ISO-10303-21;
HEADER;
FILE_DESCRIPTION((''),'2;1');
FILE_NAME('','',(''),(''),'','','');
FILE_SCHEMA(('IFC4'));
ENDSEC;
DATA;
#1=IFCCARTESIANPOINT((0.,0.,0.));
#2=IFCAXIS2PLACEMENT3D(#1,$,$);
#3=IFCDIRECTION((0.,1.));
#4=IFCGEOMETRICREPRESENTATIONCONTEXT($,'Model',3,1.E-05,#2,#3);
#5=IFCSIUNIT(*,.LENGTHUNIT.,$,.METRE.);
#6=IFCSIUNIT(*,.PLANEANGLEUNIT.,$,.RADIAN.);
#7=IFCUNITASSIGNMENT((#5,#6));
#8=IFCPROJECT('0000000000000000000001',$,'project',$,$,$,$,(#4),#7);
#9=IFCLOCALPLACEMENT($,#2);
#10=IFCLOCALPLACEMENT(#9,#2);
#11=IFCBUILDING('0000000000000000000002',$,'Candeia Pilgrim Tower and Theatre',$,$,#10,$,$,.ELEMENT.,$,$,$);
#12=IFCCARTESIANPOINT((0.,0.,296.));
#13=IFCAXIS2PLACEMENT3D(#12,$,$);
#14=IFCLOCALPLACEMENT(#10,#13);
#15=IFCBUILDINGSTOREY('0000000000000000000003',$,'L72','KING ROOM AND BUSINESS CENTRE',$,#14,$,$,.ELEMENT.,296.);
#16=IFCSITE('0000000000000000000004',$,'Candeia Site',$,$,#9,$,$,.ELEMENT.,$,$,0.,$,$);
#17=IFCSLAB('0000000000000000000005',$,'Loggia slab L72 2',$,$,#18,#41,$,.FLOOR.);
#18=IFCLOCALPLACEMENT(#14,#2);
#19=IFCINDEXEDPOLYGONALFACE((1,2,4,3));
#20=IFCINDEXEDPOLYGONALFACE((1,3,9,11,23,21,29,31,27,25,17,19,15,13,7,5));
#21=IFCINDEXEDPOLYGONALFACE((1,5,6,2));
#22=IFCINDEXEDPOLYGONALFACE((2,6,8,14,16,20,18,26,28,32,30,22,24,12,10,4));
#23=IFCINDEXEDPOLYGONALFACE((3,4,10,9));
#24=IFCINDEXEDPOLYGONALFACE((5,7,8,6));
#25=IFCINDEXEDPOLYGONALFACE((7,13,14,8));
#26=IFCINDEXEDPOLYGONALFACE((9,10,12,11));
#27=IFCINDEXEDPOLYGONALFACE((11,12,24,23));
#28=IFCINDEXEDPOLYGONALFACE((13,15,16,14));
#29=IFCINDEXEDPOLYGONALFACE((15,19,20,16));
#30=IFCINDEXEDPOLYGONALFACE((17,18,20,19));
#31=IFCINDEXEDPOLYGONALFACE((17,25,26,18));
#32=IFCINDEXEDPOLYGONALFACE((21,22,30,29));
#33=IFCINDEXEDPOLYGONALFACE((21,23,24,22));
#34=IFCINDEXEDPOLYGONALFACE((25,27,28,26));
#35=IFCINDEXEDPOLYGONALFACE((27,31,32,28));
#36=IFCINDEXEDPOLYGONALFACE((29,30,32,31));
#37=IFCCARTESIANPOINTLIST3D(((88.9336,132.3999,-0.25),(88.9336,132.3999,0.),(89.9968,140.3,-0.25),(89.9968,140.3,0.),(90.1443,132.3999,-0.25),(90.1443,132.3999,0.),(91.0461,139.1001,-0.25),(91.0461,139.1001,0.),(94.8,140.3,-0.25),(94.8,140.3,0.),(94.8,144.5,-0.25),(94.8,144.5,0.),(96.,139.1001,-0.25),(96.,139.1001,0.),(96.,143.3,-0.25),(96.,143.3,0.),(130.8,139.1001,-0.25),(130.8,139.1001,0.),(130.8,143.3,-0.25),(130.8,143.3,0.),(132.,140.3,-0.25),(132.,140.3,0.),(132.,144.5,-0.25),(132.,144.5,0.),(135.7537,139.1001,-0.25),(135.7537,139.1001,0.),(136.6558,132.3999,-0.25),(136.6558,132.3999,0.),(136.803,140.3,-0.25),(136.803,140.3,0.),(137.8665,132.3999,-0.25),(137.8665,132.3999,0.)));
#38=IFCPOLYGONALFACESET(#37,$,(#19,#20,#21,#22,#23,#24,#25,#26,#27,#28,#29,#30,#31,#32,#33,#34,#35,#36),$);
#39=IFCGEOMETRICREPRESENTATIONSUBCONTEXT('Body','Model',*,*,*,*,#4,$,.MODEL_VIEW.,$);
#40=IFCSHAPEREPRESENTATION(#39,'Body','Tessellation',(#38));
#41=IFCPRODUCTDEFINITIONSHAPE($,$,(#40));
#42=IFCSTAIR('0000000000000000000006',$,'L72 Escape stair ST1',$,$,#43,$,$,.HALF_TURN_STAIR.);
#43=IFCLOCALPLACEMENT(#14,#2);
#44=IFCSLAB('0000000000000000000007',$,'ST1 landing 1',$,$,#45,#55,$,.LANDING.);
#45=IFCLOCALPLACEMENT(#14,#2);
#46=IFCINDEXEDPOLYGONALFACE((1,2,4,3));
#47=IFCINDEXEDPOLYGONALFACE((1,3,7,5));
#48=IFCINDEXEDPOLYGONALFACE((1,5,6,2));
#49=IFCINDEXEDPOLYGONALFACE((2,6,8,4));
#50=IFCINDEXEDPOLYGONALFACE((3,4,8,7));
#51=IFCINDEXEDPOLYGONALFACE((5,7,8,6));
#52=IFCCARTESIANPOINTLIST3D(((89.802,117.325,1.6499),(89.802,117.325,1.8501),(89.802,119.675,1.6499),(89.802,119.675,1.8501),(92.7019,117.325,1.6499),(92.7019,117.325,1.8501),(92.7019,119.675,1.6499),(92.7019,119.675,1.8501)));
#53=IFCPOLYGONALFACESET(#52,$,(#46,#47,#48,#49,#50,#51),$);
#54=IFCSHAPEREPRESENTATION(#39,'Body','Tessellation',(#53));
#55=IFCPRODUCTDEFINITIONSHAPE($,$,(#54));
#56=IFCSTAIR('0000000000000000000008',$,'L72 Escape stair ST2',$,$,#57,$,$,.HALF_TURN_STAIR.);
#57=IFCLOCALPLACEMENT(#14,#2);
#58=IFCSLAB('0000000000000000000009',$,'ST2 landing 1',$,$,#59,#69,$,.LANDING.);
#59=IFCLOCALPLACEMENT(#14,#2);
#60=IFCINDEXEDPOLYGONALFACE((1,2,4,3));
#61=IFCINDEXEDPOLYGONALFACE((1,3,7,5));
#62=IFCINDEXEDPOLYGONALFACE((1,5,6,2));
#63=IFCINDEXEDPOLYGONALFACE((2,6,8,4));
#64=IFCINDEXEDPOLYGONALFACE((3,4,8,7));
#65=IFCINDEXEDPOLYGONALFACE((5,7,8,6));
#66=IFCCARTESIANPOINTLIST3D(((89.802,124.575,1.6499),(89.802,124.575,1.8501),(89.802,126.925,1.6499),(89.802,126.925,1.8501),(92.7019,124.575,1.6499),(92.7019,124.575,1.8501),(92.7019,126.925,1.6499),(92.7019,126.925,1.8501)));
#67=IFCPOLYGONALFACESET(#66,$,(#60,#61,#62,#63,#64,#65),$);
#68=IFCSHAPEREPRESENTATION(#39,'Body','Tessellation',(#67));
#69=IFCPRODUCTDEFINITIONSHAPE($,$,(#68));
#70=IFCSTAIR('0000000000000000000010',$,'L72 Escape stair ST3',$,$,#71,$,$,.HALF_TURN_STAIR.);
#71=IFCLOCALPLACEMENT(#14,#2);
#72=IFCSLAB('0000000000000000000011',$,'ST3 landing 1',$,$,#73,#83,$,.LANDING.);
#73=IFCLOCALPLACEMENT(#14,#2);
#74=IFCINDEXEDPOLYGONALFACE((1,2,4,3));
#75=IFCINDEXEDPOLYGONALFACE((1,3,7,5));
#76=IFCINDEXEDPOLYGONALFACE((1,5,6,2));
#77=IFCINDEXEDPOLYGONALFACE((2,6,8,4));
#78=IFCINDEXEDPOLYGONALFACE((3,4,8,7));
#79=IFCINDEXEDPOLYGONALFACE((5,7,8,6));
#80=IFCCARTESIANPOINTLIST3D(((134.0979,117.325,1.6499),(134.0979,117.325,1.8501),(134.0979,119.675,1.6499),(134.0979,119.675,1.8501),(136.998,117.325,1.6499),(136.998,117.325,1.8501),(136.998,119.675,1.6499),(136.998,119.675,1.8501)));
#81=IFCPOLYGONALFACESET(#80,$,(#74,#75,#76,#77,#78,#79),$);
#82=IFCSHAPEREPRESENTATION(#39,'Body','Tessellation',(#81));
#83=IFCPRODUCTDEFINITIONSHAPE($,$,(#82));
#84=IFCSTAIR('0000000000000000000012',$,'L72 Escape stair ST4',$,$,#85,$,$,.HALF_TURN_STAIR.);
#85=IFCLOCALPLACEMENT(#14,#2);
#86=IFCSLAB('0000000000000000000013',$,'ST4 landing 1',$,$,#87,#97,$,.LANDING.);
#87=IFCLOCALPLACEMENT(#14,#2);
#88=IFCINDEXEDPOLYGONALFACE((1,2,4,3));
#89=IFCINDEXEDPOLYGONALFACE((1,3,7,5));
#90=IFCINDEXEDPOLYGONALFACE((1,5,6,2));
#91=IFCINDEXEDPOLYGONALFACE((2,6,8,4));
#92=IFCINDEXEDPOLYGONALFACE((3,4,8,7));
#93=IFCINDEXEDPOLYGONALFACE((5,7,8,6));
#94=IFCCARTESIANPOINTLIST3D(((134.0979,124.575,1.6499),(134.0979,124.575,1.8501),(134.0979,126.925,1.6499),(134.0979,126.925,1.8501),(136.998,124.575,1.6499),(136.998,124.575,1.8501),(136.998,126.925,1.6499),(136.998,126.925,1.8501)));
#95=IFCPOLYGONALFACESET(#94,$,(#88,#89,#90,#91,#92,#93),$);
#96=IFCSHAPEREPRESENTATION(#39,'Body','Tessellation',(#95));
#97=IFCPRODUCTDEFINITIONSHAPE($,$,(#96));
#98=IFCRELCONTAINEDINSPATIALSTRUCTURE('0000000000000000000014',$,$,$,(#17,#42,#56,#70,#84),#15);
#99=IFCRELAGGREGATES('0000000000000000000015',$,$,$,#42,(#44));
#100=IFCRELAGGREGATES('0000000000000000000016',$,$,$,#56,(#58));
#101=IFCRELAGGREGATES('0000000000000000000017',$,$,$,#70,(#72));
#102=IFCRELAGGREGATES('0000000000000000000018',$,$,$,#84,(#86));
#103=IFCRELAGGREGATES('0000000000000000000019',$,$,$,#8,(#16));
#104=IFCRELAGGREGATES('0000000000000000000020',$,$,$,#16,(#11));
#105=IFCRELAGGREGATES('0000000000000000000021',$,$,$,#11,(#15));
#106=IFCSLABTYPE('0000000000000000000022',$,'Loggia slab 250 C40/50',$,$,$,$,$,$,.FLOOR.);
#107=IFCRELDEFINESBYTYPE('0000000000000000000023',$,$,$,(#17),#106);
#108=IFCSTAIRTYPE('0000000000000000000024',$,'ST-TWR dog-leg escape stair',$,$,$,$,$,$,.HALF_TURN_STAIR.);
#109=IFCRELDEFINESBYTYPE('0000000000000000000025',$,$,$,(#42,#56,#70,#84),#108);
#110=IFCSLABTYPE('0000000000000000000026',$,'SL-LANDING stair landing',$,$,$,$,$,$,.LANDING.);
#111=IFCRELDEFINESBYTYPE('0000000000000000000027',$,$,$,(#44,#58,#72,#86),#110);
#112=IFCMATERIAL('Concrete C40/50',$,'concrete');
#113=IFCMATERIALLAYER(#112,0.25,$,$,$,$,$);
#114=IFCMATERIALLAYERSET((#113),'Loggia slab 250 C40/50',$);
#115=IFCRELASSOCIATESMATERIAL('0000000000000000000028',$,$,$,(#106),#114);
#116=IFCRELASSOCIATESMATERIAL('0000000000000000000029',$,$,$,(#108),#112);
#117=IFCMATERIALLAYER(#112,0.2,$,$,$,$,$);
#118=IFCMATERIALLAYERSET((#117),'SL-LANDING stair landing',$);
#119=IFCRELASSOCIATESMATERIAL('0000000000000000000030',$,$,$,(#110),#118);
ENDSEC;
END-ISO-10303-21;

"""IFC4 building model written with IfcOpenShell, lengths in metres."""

from ifc_helpers import new_model, si_unit, direction, frame, origin, place, context, subcontext, project, spatial, polyline, outline, extrude, material, layer, layer_set, type_object, element, aggregate, save


model = new_model("IFC4")

# Units and contexts
model_context = context("Model", 3, precision=1e-05, world=origin(), true_north=direction((0.0, 1.0)))
body_context = subcontext(model_context, "Body", "Model", "MODEL_VIEW")
ifc_project = project(units=[si_unit("LENGTHUNIT", "METRE"), si_unit("PLANEANGLEUNIT", "RADIAN")], contexts=[model_context])

# Site, building, storey
site_placement = place(None, origin())
site = spatial("IfcSite", under=ifc_project, at=site_placement, Name="Candeia Site", CompositionType="ELEMENT", RefElevation=0.0)
building_placement = place(site_placement, origin())
building = spatial("IfcBuilding", under=site, at=building_placement, Name="Candeia Pilgrim Tower and Theatre", CompositionType="ELEMENT")
storey_placement = place(building_placement, frame((0.0, 0.0, 296.0)))
storey = spatial("IfcBuildingStorey", under=building, at=storey_placement, Name="L72", Description="KING ROOM AND BUSINESS CENTRE", CompositionType="ELEMENT", Elevation=296.0)

# Shared definitions
ifc_material_1 = material(Name="Concrete C40/50", Category="concrete")

# Slab
ifc_layer_1 = layer(ifc_material_1, 0.25)
ifc_layer_set_1 = layer_set([ifc_layer_1], Name="Loggia slab 250 C40/50")
slab_type_1 = type_object("IfcSlabType", Name="Loggia slab 250 C40/50", PredefinedType="FLOOR", material=ifc_layer_set_1)
slab_1_placement = place(storey_placement, frame((0.0, 0.0, -0.25)))
element("IfcSlab", 1, at=slab_1_placement, inside=storey, type_object=slab_type_1, Name="Loggia slab L72 2", PredefinedType="FLOOR", context=body_context, shape_type="SweptSolid", body=[
    extrude(outline(polyline([(136.6558, 132.3999), (135.7537, 139.1001), (130.8, 139.1001), (130.8, 143.3), (96.0, 143.3), (96.0, 139.1001), (91.0461, 139.1001), (90.1443, 132.3999), (88.9336, 132.3999), (89.9968, 140.3), (94.8, 140.3), (94.8, 144.5), (132.0, 144.5), (132.0, 140.3), (136.803, 140.3), (137.8665, 132.3999), (136.6558, 132.3999)])), origin(), (0.0, 0.0, 1.0), 0.25),
])

# Stairs, slabs
stair_type = type_object("IfcStairType", Name="ST-TWR dog-leg escape stair", PredefinedType="HALF_TURN_STAIR", material=ifc_material_1)
stair_1_placement = place(storey_placement, origin())
stair_1 = element("IfcStair", 2, at=stair_1_placement, inside=storey, type_object=stair_type, Name="L72 Escape stair ST1", PredefinedType="HALF_TURN_STAIR")
ifc_layer_2 = layer(ifc_material_1, 0.2)
ifc_layer_set_2 = layer_set([ifc_layer_2], Name="SL-LANDING stair landing")
slab_type_2 = type_object("IfcSlabType", Name="SL-LANDING stair landing", PredefinedType="LANDING", material=ifc_layer_set_2)
slab_2_placement = place(storey_placement, frame((0.0, 0.0, 1.6499)))
slab_2 = element("IfcSlab", 3, at=slab_2_placement, type_object=slab_type_2, Name="ST1 landing 1", PredefinedType="LANDING", context=body_context, shape_type="SweptSolid", body=[
    extrude(outline(polyline([(89.802, 119.675), (89.802, 117.325), (92.7019, 117.325), (92.7019, 119.675), (89.802, 119.675)])), origin(), (0.0, 0.0, 1.0), 0.2002),
])
aggregate(stair_1, [slab_2])
stair_2_placement = place(storey_placement, origin())
stair_2 = element("IfcStair", 4, at=stair_2_placement, inside=storey, type_object=stair_type, Name="L72 Escape stair ST2", PredefinedType="HALF_TURN_STAIR")
slab_3_placement = place(storey_placement, frame((0.0, 0.0, 1.6499)))
slab_3 = element("IfcSlab", 5, at=slab_3_placement, type_object=slab_type_2, Name="ST2 landing 1", PredefinedType="LANDING", context=body_context, shape_type="SweptSolid", body=[
    extrude(outline(polyline([(89.802, 126.925), (89.802, 124.575), (92.7019, 124.575), (92.7019, 126.925), (89.802, 126.925)])), origin(), (0.0, 0.0, 1.0), 0.2002),
])
aggregate(stair_2, [slab_3])
stair_3_placement = place(storey_placement, origin())
stair_3 = element("IfcStair", 6, at=stair_3_placement, inside=storey, type_object=stair_type, Name="L72 Escape stair ST3", PredefinedType="HALF_TURN_STAIR")
slab_4_placement = place(storey_placement, frame((0.0, 0.0, 1.6499)))
slab_4 = element("IfcSlab", 7, at=slab_4_placement, type_object=slab_type_2, Name="ST3 landing 1", PredefinedType="LANDING", context=body_context, shape_type="SweptSolid", body=[
    extrude(outline(polyline([(134.0979, 119.675), (134.0979, 117.325), (136.998, 117.325), (136.998, 119.675), (134.0979, 119.675)])), origin(), (0.0, 0.0, 1.0), 0.2002),
])
aggregate(stair_3, [slab_4])
stair_4_placement = place(storey_placement, origin())
stair_4 = element("IfcStair", 8, at=stair_4_placement, inside=storey, type_object=stair_type, Name="L72 Escape stair ST4", PredefinedType="HALF_TURN_STAIR")
slab_5_placement = place(storey_placement, frame((0.0, 0.0, 1.6499)))
slab_5 = element("IfcSlab", 9, at=slab_5_placement, type_object=slab_type_2, Name="ST4 landing 1", PredefinedType="LANDING", context=body_context, shape_type="SweptSolid", body=[
    extrude(outline(polyline([(134.0979, 126.925), (134.0979, 124.575), (136.998, 124.575), (136.998, 126.925), (134.0979, 126.925)])), origin(), (0.0, 0.0, 1.0), 0.2002),
])
aggregate(stair_4, [slab_5])

save(model, "model.ifc")
